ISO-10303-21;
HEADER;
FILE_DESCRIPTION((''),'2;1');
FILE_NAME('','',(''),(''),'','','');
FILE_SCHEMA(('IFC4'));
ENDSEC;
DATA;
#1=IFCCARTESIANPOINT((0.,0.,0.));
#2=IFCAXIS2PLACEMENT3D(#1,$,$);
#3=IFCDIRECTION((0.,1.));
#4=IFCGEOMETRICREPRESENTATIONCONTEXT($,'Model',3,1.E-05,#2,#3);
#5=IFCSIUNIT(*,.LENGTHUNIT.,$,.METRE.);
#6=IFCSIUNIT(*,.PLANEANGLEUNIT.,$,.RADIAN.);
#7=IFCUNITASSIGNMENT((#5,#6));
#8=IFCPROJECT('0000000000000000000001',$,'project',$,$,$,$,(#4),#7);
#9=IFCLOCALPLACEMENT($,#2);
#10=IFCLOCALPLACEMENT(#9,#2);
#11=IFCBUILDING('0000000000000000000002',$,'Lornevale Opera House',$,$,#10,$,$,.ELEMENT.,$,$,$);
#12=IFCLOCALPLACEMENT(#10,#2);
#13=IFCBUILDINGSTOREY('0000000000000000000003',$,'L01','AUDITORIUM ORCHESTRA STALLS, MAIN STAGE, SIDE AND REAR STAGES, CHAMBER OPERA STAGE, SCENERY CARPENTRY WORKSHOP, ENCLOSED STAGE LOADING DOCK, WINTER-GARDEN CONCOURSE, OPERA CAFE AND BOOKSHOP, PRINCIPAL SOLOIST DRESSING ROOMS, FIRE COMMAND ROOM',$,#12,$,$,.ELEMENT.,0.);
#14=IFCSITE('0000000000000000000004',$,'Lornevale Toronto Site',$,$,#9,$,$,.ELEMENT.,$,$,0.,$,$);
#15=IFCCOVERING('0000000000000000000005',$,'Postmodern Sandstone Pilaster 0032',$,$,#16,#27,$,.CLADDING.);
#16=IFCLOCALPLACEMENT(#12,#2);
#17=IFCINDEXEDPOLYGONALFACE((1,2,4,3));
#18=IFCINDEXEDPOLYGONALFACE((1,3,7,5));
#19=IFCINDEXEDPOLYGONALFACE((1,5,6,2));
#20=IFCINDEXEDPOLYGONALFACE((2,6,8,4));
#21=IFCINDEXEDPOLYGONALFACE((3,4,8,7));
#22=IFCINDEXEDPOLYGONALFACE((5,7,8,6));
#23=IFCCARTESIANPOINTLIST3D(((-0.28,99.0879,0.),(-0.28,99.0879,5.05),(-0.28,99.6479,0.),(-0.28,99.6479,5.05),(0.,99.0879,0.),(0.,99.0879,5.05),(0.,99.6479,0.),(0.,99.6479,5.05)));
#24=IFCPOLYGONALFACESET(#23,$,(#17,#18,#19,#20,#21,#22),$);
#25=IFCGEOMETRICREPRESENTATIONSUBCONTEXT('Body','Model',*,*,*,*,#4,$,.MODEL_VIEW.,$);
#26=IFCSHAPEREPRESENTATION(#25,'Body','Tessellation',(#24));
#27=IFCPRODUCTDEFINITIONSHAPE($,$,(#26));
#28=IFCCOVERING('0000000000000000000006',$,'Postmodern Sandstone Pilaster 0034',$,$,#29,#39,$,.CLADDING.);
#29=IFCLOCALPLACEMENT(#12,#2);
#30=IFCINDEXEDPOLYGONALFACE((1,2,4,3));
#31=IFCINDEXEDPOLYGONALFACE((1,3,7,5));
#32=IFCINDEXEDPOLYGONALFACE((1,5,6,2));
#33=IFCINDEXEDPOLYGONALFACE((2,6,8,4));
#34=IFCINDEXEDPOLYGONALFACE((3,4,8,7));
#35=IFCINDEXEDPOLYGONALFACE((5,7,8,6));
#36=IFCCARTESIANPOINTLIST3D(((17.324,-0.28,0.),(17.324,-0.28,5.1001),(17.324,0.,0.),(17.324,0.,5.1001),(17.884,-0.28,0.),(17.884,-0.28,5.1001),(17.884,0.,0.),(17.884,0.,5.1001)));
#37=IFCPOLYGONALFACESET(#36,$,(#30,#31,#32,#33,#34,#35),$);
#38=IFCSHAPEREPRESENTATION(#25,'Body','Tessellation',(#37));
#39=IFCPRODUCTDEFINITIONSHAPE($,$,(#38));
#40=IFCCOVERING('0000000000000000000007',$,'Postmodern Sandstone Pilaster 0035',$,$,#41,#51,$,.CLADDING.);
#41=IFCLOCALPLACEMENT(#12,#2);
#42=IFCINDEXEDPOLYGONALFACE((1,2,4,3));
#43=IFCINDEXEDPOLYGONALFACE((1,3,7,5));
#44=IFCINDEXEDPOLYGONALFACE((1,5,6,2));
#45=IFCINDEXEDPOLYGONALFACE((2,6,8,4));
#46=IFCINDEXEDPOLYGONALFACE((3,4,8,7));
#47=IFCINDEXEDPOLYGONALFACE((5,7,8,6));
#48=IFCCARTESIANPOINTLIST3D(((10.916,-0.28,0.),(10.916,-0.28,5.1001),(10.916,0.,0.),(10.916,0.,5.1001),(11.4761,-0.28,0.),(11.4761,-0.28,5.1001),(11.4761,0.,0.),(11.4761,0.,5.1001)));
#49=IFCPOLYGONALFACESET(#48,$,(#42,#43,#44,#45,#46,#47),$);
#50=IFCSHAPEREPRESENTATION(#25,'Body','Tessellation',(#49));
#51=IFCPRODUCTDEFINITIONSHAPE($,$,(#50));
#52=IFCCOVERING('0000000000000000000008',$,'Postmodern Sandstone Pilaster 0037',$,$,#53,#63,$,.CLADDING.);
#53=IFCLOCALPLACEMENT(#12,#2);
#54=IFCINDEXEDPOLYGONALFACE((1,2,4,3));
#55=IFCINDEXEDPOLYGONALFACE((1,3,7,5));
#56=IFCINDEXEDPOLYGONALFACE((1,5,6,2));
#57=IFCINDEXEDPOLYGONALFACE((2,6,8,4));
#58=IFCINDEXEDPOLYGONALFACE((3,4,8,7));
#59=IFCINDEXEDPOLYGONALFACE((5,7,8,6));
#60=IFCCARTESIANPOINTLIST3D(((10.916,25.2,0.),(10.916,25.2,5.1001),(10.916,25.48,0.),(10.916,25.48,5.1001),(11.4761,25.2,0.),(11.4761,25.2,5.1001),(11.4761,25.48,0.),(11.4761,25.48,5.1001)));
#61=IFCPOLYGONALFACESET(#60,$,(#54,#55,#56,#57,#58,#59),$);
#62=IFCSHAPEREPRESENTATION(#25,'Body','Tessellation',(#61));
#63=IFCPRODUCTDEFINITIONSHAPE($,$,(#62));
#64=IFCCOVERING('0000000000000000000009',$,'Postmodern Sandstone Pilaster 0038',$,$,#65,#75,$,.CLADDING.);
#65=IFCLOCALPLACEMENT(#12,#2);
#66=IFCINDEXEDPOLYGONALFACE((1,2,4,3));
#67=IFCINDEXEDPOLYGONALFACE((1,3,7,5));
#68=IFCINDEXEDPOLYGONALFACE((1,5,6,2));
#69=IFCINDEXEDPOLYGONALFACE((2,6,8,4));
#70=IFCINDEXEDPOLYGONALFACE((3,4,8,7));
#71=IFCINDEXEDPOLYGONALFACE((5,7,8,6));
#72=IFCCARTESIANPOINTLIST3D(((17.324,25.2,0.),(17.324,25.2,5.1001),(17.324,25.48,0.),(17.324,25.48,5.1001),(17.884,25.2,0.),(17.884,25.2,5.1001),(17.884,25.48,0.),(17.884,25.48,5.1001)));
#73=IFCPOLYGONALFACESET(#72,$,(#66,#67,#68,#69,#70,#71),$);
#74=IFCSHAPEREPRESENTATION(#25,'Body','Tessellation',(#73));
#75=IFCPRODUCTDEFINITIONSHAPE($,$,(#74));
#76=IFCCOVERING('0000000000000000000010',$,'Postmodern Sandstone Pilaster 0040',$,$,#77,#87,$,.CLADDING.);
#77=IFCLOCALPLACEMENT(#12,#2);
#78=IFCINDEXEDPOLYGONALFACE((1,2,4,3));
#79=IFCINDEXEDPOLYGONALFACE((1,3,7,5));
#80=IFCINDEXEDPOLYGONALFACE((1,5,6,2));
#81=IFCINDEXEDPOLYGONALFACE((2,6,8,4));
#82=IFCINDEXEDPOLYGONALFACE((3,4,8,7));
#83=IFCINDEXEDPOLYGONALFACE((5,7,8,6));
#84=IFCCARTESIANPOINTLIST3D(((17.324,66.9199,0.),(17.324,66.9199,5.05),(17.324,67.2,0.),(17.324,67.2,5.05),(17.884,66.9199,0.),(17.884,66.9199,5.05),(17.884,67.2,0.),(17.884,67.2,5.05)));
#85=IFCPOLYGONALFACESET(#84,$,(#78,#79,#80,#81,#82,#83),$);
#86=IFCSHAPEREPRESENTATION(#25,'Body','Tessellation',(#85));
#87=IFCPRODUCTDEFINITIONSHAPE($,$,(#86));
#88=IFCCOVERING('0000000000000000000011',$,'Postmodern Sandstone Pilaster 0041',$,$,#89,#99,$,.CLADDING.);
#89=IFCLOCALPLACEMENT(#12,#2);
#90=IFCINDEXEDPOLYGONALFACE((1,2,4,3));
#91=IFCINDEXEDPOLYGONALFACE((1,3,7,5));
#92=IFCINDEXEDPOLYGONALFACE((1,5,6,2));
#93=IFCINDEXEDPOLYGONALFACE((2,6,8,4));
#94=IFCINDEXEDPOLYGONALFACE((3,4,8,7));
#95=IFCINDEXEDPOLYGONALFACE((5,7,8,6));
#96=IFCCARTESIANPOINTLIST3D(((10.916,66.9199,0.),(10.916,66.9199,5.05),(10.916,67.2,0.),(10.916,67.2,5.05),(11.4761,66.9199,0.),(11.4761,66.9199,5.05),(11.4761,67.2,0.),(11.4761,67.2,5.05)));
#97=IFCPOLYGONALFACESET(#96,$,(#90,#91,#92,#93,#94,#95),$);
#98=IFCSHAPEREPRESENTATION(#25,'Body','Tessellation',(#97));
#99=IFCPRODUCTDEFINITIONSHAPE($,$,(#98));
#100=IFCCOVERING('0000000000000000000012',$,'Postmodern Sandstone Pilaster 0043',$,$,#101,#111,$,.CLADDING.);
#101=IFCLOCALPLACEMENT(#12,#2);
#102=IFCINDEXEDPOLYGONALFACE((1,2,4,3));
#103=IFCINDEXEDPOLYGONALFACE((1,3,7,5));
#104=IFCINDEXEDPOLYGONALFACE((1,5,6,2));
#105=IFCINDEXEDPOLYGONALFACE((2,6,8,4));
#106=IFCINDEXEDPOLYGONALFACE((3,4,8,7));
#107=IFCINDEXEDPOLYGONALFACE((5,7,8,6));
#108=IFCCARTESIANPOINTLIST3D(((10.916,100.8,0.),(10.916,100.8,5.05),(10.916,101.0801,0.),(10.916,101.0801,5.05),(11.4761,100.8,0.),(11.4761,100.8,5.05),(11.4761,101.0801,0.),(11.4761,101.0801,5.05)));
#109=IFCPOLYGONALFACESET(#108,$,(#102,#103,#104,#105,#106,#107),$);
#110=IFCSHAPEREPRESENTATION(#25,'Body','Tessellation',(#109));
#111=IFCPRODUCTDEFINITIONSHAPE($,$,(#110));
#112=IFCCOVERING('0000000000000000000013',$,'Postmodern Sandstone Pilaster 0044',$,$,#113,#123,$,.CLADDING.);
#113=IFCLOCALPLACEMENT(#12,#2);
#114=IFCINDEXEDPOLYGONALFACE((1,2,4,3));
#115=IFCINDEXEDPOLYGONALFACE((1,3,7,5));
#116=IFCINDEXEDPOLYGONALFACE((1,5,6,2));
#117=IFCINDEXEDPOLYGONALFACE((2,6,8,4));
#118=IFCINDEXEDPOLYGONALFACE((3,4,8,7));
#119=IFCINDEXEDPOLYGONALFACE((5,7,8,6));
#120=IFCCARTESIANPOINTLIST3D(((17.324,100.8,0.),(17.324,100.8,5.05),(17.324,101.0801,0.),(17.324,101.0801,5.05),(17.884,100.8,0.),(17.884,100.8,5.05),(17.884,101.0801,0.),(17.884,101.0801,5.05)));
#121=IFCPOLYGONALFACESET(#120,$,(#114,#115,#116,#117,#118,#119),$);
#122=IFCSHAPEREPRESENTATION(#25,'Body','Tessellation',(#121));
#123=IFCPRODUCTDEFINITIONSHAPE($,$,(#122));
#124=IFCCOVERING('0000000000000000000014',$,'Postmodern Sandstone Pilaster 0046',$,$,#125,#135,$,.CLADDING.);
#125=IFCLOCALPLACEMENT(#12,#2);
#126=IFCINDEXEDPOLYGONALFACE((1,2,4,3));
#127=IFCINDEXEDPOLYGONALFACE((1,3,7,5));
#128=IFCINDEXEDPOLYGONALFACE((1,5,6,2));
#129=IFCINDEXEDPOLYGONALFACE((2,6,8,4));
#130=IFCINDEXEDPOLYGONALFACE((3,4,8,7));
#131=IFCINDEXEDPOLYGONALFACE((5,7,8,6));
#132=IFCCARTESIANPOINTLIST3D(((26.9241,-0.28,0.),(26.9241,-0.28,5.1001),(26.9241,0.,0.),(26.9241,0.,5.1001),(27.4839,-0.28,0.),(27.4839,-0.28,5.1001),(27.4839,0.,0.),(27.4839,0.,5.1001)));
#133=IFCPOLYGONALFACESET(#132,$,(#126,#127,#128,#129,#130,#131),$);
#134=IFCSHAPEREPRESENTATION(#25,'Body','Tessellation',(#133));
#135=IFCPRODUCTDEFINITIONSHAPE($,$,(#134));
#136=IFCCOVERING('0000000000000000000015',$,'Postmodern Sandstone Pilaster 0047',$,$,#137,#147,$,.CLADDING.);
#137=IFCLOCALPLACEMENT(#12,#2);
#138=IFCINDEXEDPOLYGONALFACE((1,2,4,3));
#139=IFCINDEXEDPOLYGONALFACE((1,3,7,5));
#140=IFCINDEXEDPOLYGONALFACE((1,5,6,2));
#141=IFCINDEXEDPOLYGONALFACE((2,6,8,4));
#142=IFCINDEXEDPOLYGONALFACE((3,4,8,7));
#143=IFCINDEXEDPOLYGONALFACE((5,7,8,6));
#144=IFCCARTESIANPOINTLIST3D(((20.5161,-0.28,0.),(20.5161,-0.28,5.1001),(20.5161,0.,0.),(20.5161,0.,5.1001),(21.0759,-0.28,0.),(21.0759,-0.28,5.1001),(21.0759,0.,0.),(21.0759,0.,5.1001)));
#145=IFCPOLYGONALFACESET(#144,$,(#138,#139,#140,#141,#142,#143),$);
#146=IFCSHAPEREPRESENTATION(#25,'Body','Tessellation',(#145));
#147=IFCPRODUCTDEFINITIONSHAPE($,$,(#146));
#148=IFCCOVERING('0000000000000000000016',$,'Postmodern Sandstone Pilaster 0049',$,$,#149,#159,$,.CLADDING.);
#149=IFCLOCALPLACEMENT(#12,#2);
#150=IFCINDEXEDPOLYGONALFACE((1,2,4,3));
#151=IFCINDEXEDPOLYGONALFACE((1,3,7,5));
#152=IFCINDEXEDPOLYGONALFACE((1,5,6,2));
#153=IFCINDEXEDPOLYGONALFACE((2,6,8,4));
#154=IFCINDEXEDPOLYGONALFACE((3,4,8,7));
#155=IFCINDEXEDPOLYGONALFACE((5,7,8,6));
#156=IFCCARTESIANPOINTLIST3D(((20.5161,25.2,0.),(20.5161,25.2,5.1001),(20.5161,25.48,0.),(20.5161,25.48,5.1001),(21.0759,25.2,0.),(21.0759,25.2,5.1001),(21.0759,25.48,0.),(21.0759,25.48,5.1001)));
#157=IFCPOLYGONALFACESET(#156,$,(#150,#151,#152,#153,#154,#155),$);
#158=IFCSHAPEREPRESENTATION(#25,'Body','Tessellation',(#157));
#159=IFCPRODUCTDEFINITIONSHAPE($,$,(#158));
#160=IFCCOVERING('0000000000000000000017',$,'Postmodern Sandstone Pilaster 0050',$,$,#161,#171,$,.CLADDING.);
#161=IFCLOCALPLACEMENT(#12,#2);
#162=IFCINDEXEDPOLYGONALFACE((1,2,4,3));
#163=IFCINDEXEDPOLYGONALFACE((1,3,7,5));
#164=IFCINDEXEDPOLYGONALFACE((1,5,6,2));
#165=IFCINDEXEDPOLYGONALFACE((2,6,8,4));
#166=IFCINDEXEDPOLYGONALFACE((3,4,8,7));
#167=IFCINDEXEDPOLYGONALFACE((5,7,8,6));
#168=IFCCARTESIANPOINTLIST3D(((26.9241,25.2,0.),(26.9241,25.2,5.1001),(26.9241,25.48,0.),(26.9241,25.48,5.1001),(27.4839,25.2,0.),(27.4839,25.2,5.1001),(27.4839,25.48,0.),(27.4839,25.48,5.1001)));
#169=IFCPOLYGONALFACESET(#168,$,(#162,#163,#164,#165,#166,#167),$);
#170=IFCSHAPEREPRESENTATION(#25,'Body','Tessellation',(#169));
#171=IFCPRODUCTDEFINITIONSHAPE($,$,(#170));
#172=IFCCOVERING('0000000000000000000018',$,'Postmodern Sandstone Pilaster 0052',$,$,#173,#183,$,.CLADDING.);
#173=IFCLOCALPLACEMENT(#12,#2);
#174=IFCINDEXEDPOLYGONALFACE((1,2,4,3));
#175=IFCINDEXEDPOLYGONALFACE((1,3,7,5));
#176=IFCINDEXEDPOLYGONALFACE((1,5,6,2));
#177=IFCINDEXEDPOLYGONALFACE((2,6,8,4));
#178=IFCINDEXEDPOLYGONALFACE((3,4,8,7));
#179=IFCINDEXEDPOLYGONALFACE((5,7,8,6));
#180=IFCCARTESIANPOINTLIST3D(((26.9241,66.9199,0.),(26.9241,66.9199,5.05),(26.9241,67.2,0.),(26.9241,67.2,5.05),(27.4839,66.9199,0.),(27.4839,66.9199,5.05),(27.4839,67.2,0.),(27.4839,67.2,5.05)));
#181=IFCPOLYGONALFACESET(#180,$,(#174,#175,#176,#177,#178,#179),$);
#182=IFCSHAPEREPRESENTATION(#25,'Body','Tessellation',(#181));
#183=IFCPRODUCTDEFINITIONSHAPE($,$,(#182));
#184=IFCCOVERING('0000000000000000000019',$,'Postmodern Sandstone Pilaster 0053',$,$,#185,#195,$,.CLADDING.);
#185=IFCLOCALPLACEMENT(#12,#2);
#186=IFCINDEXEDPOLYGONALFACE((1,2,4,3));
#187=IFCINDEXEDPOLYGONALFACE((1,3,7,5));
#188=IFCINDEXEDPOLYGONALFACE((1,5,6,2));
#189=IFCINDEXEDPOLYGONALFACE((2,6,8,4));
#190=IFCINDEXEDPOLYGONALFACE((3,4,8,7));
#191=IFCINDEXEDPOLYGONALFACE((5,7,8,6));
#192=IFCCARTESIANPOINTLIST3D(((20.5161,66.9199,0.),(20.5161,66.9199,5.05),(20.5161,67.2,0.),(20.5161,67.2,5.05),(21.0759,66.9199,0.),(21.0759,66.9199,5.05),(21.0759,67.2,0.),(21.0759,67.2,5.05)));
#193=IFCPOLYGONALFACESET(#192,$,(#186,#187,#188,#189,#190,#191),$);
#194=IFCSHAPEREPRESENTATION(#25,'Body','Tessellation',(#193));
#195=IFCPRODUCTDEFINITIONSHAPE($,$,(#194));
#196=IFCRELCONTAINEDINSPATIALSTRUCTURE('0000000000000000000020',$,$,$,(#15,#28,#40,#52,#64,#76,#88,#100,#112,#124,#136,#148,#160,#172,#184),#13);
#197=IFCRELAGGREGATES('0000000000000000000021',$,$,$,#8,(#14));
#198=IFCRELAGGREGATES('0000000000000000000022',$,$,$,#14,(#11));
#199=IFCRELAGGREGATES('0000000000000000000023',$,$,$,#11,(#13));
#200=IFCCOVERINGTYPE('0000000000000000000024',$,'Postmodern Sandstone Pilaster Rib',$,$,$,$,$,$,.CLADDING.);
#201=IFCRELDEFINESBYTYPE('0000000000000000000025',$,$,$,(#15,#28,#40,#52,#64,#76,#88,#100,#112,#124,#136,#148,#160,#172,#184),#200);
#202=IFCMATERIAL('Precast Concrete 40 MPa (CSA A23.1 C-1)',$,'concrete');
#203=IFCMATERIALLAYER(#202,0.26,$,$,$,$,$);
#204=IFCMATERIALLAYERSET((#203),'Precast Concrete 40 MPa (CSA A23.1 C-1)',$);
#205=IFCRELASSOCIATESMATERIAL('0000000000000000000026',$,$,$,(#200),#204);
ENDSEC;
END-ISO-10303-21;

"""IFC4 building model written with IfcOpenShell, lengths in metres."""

from ifc_helpers import new_model, si_unit, direction, origin, place, context, subcontext, project, spatial, polyline, outline, extrude, material, layer, layer_set, type_object, element, save


model = new_model("IFC4")

# Units and contexts
model_context = context("Model", 3, precision=1e-05, world=origin(), true_north=direction((0.0, 1.0)))
body_context = subcontext(model_context, "Body", "Model", "MODEL_VIEW")
ifc_project = project(units=[si_unit("LENGTHUNIT", "METRE"), si_unit("PLANEANGLEUNIT", "RADIAN")], contexts=[model_context])

# Site, building, storey
site_placement = place(None, origin())
site = spatial("IfcSite", under=ifc_project, at=site_placement, Name="Lornevale Toronto Site", CompositionType="ELEMENT", RefElevation=0.0)
building_placement = place(site_placement, origin())
building = spatial("IfcBuilding", under=site, at=building_placement, Name="Lornevale Opera House", CompositionType="ELEMENT")
storey_placement = place(building_placement, origin())
storey = spatial("IfcBuildingStorey", under=building, at=storey_placement, Name="L01", Description="AUDITORIUM ORCHESTRA STALLS, MAIN STAGE, SIDE AND REAR STAGES, CHAMBER OPERA STAGE, SCENERY CARPENTRY WORKSHOP, ENCLOSED STAGE LOADING DOCK, WINTER-GARDEN CONCOURSE, OPERA CAFE AND BOOKSHOP, PRINCIPAL SOLOIST DRESSING ROOMS, FIRE COMMAND ROOM", CompositionType="ELEMENT", Elevation=0.0)

# Coverings
ifc_material = material(Name="Precast Concrete 40 MPa (CSA A23.1 C-1)", Category="concrete")
ifc_layer = layer(ifc_material, 0.26)
ifc_layer_set = layer_set([ifc_layer], Name="Precast Concrete 40 MPa (CSA A23.1 C-1)")
covering_type = type_object("IfcCoveringType", Name="Postmodern Sandstone Pilaster Rib", PredefinedType="CLADDING", material=ifc_layer_set)
covering_1_placement = place(storey_placement, origin())
element("IfcCovering", 1, at=covering_1_placement, inside=storey, type_object=covering_type, Name="Postmodern Sandstone Pilaster 0032", PredefinedType="CLADDING", context=body_context, shape_type="SweptSolid", body=[
    extrude(outline(polyline([(0.0, 99.0879), (0.0, 99.6479), (-0.28, 99.6479), (-0.28, 99.0879), (0.0, 99.0879)])), origin(), (0.0, 0.0, 1.0), 5.05),
])
covering_2_placement = place(storey_placement, origin())
element("IfcCovering", 2, at=covering_2_placement, inside=storey, type_object=covering_type, Name="Postmodern Sandstone Pilaster 0034", PredefinedType="CLADDING", context=body_context, shape_type="SweptSolid", body=[
    extrude(outline(polyline([(17.884, 0.0), (17.324, 0.0), (17.324, -0.28), (17.884, -0.28), (17.884, 0.0)])), origin(), (0.0, 0.0, 1.0), 5.1001),
])
covering_3_placement = place(storey_placement, origin())
element("IfcCovering", 3, at=covering_3_placement, inside=storey, type_object=covering_type, Name="Postmodern Sandstone Pilaster 0035", PredefinedType="CLADDING", context=body_context, shape_type="SweptSolid", body=[
    extrude(outline(polyline([(11.4761, 0.0), (10.916, 0.0), (10.916, -0.28), (11.4761, -0.28), (11.4761, 0.0)])), origin(), (0.0, 0.0, 1.0), 5.1001),
])
covering_4_placement = place(storey_placement, origin())
element("IfcCovering", 4, at=covering_4_placement, inside=storey, type_object=covering_type, Name="Postmodern Sandstone Pilaster 0037", PredefinedType="CLADDING", context=body_context, shape_type="SweptSolid", body=[
    extrude(outline(polyline([(10.916, 25.2), (11.4761, 25.2), (11.4761, 25.48), (10.916, 25.48), (10.916, 25.2)])), origin(), (0.0, 0.0, 1.0), 5.1001),
])
covering_5_placement = place(storey_placement, origin())
element("IfcCovering", 5, at=covering_5_placement, inside=storey, type_object=covering_type, Name="Postmodern Sandstone Pilaster 0038", PredefinedType="CLADDING", context=body_context, shape_type="SweptSolid", body=[
    extrude(outline(polyline([(17.324, 25.2), (17.884, 25.2), (17.884, 25.48), (17.324, 25.48), (17.324, 25.2)])), origin(), (0.0, 0.0, 1.0), 5.1001),
])
covering_6_placement = place(storey_placement, origin())
element("IfcCovering", 6, at=covering_6_placement, inside=storey, type_object=covering_type, Name="Postmodern Sandstone Pilaster 0040", PredefinedType="CLADDING", context=body_context, shape_type="SweptSolid", body=[
    extrude(outline(polyline([(17.884, 67.2), (17.324, 67.2), (17.324, 66.9199), (17.884, 66.9199), (17.884, 67.2)])), origin(), (0.0, 0.0, 1.0), 5.05),
])
covering_7_placement = place(storey_placement, origin())
element("IfcCovering", 7, at=covering_7_placement, inside=storey, type_object=covering_type, Name="Postmodern Sandstone Pilaster 0041", PredefinedType="CLADDING", context=body_context, shape_type="SweptSolid", body=[
    extrude(outline(polyline([(11.4761, 67.2), (10.916, 67.2), (10.916, 66.9199), (11.4761, 66.9199), (11.4761, 67.2)])), origin(), (0.0, 0.0, 1.0), 5.05),
])
covering_8_placement = place(storey_placement, origin())
element("IfcCovering", 8, at=covering_8_placement, inside=storey, type_object=covering_type, Name="Postmodern Sandstone Pilaster 0043", PredefinedType="CLADDING", context=body_context, shape_type="SweptSolid", body=[
    extrude(outline(polyline([(10.916, 100.8), (11.4761, 100.8), (11.4761, 101.0801), (10.916, 101.0801), (10.916, 100.8)])), origin(), (0.0, 0.0, 1.0), 5.05),
])
covering_9_placement = place(storey_placement, origin())
element("IfcCovering", 9, at=covering_9_placement, inside=storey, type_object=covering_type, Name="Postmodern Sandstone Pilaster 0044", PredefinedType="CLADDING", context=body_context, shape_type="SweptSolid", body=[
    extrude(outline(polyline([(17.324, 100.8), (17.884, 100.8), (17.884, 101.0801), (17.324, 101.0801), (17.324, 100.8)])), origin(), (0.0, 0.0, 1.0), 5.05),
])
covering_10_placement = place(storey_placement, origin())
element("IfcCovering", 10, at=covering_10_placement, inside=storey, type_object=covering_type, Name="Postmodern Sandstone Pilaster 0046", PredefinedType="CLADDING", context=body_context, shape_type="SweptSolid", body=[
    extrude(outline(polyline([(27.4839, 0.0), (26.9241, 0.0), (26.9241, -0.28), (27.4839, -0.28), (27.4839, 0.0)])), origin(), (0.0, 0.0, 1.0), 5.1001),
])
covering_11_placement = place(storey_placement, origin())
element("IfcCovering", 11, at=covering_11_placement, inside=storey, type_object=covering_type, Name="Postmodern Sandstone Pilaster 0047", PredefinedType="CLADDING", context=body_context, shape_type="SweptSolid", body=[
    extrude(outline(polyline([(21.0759, 0.0), (20.5161, 0.0), (20.5161, -0.28), (21.0759, -0.28), (21.0759, 0.0)])), origin(), (0.0, 0.0, 1.0), 5.1001),
])
covering_12_placement = place(storey_placement, origin())
element("IfcCovering", 12, at=covering_12_placement, inside=storey, type_object=covering_type, Name="Postmodern Sandstone Pilaster 0049", PredefinedType="CLADDING", context=body_context, shape_type="SweptSolid", body=[
    extrude(outline(polyline([(20.5161, 25.2), (21.0759, 25.2), (21.0759, 25.48), (20.5161, 25.48), (20.5161, 25.2)])), origin(), (0.0, 0.0, 1.0), 5.1001),
])
covering_13_placement = place(storey_placement, origin())
element("IfcCovering", 13, at=covering_13_placement, inside=storey, type_object=covering_type, Name="Postmodern Sandstone Pilaster 0050", PredefinedType="CLADDING", context=body_context, shape_type="SweptSolid", body=[
    extrude(outline(polyline([(26.9241, 25.2), (27.4839, 25.2), (27.4839, 25.48), (26.9241, 25.48), (26.9241, 25.2)])), origin(), (0.0, 0.0, 1.0), 5.1001),
])
covering_14_placement = place(storey_placement, origin())
element("IfcCovering", 14, at=covering_14_placement, inside=storey, type_object=covering_type, Name="Postmodern Sandstone Pilaster 0052", PredefinedType="CLADDING", context=body_context, shape_type="SweptSolid", body=[
    extrude(outline(polyline([(27.4839, 67.2), (26.9241, 67.2), (26.9241, 66.9199), (27.4839, 66.9199), (27.4839, 67.2)])), origin(), (0.0, 0.0, 1.0), 5.05),
])
covering_15_placement = place(storey_placement, origin())
element("IfcCovering", 15, at=covering_15_placement, inside=storey, type_object=covering_type, Name="Postmodern Sandstone Pilaster 0053", PredefinedType="CLADDING", context=body_context, shape_type="SweptSolid", body=[
    extrude(outline(polyline([(21.0759, 67.2), (20.5161, 67.2), (20.5161, 66.9199), (21.0759, 66.9199), (21.0759, 67.2)])), origin(), (0.0, 0.0, 1.0), 5.05),
])

save(model, "model.ifc")
